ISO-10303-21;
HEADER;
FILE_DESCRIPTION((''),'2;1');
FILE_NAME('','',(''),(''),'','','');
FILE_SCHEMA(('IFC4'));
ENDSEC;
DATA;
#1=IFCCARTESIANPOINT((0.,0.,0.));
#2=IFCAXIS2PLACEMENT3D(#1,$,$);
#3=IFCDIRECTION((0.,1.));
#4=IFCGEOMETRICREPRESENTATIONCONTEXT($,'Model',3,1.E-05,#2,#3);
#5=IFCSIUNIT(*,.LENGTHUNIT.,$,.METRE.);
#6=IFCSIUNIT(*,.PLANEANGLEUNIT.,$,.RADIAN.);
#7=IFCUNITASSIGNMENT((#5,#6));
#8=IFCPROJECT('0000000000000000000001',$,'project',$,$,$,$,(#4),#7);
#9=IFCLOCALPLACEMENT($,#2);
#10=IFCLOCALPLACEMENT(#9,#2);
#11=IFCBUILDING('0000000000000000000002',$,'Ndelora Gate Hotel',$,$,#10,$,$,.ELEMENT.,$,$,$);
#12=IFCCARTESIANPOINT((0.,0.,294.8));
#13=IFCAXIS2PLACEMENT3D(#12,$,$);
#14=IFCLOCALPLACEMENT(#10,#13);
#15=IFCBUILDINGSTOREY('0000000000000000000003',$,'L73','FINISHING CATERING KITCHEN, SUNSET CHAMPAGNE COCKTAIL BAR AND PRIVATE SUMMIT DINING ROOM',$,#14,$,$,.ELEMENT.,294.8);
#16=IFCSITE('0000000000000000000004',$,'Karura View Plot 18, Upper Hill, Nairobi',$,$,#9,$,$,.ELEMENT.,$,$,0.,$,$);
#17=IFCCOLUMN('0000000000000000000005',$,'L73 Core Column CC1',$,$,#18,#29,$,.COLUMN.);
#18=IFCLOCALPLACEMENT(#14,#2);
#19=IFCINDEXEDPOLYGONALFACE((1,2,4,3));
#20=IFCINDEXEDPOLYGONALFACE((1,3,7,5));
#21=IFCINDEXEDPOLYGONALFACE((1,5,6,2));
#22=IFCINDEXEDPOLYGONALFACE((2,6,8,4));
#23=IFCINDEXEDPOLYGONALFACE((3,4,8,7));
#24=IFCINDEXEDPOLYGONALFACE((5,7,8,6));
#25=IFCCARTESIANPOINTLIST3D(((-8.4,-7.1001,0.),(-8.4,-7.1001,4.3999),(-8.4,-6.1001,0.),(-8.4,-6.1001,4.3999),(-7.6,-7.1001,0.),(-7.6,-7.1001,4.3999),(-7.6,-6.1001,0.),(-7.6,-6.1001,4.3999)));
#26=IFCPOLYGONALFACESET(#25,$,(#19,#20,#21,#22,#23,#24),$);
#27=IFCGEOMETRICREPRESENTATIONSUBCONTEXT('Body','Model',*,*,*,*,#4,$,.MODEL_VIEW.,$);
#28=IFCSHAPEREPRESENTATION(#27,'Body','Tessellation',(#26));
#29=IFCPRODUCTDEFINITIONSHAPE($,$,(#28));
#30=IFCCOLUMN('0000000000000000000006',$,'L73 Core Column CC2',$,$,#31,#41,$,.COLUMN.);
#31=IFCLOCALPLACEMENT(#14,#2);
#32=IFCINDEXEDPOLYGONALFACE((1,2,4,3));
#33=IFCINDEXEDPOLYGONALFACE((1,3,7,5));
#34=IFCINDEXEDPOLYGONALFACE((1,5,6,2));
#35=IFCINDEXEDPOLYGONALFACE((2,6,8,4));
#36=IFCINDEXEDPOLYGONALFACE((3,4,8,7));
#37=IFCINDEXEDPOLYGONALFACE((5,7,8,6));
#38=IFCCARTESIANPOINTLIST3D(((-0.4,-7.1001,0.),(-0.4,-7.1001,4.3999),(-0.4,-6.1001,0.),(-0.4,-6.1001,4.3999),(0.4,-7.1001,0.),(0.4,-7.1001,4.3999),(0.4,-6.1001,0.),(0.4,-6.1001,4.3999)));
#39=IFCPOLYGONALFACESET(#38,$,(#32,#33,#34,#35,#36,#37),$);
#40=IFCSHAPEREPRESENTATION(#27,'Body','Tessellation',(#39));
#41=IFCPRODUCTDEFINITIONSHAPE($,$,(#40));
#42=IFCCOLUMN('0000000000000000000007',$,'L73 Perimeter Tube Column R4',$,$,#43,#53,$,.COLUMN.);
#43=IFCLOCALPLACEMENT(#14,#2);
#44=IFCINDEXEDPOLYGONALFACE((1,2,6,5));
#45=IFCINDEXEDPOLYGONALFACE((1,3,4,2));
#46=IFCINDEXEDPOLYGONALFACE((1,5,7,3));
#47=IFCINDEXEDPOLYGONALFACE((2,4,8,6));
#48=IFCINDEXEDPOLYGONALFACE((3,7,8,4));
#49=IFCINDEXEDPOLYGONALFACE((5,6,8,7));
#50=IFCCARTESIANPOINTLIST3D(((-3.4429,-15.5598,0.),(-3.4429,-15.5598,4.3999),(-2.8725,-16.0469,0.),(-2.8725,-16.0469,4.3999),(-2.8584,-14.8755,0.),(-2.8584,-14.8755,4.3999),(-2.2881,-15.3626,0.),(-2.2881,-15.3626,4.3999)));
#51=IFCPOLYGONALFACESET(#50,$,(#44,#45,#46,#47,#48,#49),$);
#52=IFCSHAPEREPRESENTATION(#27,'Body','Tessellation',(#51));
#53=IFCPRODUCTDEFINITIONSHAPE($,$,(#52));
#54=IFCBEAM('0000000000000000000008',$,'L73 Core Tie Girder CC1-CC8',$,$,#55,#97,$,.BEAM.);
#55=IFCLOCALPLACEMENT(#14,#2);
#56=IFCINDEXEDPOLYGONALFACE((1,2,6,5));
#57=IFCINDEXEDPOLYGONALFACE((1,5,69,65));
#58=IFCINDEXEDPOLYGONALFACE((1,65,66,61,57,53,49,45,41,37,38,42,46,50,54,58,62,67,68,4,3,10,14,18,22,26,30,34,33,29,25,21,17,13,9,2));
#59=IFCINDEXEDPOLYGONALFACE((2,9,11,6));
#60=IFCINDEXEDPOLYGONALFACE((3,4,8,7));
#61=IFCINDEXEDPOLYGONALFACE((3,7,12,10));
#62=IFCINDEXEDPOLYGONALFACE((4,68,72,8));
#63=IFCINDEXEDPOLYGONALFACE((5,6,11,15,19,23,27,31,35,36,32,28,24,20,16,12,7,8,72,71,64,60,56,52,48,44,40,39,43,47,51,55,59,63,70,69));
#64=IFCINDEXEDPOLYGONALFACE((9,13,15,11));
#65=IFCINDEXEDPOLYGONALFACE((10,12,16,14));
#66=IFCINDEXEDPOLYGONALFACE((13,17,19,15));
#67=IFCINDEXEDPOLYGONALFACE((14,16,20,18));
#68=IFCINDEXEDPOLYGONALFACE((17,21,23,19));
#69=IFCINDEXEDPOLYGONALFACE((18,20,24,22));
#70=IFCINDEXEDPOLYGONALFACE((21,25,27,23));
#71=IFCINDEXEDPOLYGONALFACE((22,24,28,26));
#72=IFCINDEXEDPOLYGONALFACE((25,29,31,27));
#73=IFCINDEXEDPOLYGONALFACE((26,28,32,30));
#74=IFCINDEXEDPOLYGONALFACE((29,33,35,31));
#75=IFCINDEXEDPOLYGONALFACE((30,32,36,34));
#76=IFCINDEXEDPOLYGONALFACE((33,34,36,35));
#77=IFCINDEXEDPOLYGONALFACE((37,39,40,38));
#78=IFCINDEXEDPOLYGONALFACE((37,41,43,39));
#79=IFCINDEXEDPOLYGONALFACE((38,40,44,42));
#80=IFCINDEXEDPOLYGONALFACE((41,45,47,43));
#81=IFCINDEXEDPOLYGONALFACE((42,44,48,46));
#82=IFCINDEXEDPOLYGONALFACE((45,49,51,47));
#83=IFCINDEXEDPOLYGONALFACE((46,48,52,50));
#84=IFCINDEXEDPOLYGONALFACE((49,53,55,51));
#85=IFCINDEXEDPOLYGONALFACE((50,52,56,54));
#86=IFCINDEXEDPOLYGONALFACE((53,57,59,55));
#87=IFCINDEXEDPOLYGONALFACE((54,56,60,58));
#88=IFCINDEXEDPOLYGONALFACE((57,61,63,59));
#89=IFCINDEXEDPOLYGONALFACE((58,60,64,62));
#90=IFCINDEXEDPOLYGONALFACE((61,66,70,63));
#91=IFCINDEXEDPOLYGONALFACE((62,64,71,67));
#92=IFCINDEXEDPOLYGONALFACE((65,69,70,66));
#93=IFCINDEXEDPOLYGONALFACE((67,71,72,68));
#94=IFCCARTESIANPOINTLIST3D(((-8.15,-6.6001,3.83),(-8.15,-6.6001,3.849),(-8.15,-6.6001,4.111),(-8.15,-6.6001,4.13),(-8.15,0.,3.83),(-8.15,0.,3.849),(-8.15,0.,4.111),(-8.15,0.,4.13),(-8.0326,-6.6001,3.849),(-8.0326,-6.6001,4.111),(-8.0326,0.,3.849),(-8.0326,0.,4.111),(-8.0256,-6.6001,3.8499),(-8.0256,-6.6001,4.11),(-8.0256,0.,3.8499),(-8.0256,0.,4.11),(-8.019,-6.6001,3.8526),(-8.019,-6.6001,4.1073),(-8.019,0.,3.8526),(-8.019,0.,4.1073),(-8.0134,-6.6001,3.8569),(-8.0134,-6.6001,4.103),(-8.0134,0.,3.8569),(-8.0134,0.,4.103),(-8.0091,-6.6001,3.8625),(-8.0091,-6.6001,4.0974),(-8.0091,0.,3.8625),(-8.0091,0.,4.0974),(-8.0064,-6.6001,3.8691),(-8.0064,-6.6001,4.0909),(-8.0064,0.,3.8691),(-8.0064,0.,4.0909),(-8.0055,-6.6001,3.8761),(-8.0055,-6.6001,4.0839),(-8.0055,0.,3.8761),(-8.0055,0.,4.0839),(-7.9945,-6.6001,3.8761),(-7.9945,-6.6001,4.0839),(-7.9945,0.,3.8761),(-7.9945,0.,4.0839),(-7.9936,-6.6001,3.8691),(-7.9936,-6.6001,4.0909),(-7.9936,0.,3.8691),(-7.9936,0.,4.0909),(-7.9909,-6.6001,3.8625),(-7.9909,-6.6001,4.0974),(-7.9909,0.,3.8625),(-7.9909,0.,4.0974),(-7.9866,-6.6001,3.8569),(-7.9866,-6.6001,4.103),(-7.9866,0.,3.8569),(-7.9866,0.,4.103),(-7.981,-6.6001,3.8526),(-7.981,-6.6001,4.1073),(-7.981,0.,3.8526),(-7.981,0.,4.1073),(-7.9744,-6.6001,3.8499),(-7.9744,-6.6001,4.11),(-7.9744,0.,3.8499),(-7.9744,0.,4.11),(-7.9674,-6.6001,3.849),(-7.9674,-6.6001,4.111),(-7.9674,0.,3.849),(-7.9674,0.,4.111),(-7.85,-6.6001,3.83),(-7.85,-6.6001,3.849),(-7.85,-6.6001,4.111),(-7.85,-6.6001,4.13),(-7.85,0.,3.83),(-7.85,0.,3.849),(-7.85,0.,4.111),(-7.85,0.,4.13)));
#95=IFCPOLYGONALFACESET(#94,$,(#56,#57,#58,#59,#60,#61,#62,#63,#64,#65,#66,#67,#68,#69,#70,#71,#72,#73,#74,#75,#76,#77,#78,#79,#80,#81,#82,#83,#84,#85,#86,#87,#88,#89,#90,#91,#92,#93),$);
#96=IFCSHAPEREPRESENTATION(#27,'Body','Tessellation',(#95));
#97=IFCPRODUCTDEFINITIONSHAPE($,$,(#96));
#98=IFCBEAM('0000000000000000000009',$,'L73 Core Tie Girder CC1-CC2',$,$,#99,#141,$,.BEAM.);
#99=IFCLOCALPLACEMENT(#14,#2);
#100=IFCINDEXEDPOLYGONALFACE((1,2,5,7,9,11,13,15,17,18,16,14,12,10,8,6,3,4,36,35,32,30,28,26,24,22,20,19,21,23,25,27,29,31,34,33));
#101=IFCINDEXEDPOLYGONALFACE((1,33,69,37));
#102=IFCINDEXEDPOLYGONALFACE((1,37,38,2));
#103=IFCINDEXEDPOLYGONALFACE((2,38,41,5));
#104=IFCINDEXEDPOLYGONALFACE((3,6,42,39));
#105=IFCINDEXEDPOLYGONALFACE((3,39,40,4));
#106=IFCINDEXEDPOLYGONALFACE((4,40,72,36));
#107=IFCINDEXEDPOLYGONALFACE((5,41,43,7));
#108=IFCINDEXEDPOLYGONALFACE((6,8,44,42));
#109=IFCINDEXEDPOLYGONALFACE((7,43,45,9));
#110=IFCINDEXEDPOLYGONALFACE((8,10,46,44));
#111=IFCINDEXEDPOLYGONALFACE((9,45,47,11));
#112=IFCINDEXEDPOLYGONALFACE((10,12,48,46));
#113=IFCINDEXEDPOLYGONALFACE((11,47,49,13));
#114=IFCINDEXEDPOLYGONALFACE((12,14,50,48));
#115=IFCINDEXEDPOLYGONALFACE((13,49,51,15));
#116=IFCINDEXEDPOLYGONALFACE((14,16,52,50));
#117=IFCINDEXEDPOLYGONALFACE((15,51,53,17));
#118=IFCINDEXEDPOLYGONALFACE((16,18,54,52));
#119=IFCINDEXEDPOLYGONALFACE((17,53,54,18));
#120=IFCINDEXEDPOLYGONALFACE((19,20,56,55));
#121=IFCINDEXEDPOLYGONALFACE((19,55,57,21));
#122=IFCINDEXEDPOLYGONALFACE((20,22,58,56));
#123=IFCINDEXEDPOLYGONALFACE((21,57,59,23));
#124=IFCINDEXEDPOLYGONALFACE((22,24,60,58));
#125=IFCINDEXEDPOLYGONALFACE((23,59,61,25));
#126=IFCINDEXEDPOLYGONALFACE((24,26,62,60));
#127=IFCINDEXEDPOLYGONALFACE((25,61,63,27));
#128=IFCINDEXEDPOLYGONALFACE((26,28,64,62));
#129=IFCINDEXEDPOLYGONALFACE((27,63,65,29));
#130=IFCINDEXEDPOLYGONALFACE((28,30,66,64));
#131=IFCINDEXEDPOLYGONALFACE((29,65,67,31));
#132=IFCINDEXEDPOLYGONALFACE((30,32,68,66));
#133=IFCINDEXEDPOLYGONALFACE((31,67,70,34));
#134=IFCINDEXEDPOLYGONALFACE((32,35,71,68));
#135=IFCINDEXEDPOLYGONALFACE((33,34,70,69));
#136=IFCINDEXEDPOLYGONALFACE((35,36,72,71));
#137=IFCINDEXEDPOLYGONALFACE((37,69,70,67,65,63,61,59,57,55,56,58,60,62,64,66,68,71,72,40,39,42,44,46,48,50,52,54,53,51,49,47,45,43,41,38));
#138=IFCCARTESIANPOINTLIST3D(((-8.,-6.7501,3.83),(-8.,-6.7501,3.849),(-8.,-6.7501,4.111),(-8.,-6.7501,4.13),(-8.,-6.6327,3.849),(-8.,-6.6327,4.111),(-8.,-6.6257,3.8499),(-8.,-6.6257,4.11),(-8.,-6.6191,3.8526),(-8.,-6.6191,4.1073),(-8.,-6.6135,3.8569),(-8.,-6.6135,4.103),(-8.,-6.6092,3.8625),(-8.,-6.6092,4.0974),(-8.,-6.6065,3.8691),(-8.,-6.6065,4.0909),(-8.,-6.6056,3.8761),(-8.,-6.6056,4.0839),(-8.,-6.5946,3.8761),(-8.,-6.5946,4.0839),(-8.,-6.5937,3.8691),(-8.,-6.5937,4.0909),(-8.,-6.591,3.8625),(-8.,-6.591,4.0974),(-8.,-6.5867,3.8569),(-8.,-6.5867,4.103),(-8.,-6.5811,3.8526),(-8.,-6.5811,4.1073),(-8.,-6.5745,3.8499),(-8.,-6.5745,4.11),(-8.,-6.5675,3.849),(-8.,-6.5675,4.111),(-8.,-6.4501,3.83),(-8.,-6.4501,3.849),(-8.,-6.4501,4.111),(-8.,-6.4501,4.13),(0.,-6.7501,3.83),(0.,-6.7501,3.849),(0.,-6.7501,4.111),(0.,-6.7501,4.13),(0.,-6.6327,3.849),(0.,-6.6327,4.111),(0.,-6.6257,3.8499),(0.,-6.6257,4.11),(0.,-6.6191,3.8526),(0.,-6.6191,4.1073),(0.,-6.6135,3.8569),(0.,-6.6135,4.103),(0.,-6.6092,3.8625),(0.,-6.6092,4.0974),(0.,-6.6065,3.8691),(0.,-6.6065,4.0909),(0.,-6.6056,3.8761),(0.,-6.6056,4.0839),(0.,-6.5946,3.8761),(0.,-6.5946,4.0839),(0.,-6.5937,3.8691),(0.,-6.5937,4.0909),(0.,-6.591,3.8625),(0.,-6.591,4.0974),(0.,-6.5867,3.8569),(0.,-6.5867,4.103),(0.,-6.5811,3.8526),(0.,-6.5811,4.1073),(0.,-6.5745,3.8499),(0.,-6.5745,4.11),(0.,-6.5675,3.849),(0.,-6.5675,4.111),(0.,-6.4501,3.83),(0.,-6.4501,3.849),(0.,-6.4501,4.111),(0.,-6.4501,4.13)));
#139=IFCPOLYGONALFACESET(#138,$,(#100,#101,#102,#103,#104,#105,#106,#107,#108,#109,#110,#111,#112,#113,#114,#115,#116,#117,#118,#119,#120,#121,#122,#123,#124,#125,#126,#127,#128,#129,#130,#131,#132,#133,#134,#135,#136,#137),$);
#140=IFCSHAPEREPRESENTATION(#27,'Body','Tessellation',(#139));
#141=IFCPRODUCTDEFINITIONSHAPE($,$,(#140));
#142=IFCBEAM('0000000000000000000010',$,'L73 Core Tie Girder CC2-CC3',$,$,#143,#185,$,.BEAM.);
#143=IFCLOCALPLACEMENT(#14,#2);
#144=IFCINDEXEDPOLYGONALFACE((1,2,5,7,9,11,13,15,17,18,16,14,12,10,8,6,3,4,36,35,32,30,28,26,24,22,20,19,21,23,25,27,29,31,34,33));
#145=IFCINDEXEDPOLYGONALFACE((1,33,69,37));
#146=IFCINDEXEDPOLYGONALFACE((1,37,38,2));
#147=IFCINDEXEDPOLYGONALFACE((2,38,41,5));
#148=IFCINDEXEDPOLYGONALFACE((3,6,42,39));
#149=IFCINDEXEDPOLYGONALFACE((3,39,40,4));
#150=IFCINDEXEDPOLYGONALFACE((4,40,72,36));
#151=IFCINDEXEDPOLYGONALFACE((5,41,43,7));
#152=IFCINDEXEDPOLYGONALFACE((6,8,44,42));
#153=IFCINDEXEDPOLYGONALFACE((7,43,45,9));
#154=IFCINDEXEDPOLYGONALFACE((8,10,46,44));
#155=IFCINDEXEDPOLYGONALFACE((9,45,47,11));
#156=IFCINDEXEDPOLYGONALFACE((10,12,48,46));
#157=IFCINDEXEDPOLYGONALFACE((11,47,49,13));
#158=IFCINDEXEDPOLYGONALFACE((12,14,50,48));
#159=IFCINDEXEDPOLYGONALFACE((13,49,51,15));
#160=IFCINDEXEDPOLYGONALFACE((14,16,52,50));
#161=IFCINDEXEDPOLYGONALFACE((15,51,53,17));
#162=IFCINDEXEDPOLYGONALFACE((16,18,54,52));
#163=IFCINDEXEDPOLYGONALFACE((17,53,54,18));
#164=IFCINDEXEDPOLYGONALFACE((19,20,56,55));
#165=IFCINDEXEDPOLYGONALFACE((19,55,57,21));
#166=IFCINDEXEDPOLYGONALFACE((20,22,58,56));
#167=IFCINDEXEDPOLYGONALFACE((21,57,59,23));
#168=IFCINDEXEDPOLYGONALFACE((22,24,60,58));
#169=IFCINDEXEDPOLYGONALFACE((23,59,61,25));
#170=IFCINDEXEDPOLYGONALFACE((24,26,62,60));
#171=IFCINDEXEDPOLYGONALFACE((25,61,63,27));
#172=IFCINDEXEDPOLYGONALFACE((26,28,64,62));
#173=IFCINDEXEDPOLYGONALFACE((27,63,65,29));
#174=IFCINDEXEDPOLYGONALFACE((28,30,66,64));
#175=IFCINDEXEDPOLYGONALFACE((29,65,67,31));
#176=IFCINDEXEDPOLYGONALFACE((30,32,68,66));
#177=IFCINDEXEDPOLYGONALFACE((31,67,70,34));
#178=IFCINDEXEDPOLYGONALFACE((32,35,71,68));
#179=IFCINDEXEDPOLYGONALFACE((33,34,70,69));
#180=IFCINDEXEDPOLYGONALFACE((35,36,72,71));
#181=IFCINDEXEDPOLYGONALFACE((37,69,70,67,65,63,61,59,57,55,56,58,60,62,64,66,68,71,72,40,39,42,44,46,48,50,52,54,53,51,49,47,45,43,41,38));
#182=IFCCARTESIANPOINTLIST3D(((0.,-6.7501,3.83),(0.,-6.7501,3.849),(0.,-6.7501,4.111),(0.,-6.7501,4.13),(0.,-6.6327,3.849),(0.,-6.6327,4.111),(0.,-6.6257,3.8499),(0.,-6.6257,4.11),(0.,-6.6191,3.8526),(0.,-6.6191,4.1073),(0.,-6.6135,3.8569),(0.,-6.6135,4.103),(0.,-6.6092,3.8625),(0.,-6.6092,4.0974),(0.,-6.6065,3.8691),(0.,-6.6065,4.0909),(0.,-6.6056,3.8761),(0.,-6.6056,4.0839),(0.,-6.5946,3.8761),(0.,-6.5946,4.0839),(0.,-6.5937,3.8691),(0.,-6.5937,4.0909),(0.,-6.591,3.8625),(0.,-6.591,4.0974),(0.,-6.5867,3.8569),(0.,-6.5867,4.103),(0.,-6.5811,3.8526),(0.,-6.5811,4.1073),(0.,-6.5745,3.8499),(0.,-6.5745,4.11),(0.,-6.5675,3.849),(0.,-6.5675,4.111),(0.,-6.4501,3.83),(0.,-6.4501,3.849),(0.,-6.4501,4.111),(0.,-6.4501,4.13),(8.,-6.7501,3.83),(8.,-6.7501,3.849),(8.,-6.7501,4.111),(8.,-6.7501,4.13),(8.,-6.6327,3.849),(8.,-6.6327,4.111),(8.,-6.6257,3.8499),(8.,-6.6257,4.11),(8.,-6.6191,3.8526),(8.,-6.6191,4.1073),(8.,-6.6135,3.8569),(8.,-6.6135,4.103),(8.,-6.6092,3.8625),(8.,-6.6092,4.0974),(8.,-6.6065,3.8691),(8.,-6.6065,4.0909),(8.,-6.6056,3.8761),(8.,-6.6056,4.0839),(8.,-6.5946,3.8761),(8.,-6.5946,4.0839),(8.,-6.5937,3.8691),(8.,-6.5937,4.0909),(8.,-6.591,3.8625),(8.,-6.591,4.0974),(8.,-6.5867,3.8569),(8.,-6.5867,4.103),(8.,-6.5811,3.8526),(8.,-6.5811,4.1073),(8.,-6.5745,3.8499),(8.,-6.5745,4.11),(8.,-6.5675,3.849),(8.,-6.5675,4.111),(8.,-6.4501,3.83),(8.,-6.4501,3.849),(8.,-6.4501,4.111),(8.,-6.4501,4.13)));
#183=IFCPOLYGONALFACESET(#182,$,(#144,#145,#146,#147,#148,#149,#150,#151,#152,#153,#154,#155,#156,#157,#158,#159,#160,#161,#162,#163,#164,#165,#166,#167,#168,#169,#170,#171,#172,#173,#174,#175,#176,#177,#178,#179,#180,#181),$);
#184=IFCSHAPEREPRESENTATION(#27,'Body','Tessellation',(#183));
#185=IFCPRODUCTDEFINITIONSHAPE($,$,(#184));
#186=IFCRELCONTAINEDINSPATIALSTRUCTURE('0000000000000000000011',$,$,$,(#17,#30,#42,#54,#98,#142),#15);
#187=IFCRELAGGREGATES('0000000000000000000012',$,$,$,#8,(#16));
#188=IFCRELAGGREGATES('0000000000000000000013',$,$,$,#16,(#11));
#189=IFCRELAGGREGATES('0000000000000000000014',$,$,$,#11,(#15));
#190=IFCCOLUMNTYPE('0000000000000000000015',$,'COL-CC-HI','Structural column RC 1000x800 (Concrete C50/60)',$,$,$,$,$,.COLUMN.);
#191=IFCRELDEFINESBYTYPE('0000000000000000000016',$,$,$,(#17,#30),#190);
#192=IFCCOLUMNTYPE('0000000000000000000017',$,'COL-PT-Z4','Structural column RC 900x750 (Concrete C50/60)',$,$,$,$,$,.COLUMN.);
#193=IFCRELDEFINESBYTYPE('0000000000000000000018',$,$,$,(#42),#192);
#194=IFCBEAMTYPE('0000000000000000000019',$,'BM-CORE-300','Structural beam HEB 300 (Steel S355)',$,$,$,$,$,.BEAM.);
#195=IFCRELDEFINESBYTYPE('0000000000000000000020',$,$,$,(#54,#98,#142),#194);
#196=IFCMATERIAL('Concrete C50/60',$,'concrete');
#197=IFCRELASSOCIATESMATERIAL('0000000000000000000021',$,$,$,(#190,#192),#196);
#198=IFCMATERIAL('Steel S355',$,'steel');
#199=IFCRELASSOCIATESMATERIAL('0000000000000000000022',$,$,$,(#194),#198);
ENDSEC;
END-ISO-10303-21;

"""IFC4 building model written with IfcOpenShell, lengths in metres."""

from ifc_helpers import new_model, si_unit, direction, frame, origin, origin_2d, place, context, subcontext, project, spatial, rectangle, i_section, extrude, material, material_profile, profile_set, type_object, element, save


model = new_model("IFC4")

# Units and contexts
model_context = context("Model", 3, precision=1e-05, world=origin(), true_north=direction((0.0, 1.0)))
body_context = subcontext(model_context, "Body", "Model", "MODEL_VIEW")
ifc_project = project(units=[si_unit("LENGTHUNIT", "METRE"), si_unit("PLANEANGLEUNIT", "RADIAN")], contexts=[model_context])

# Site, building, storey
site_placement = place(None, origin())
site = spatial("IfcSite", under=ifc_project, at=site_placement, Name="Karura View Plot 18, Upper Hill, Nairobi", CompositionType="ELEMENT", RefElevation=0.0)
building_placement = place(site_placement, origin())
building = spatial("IfcBuilding", under=site, at=building_placement, Name="Ndelora Gate Hotel", CompositionType="ELEMENT")
storey_placement = place(building_placement, frame((0.0, 0.0, 294.8)))
storey = spatial("IfcBuildingStorey", under=building, at=storey_placement, Name="L73", Description="FINISHING CATERING KITCHEN, SUNSET CHAMPAGNE COCKTAIL BAR AND PRIVATE SUMMIT DINING ROOM", CompositionType="ELEMENT", Elevation=294.8)

# Columns
ifc_material_1 = material(Name="Concrete C50/60", Category="concrete")
ifc_material_profile_1 = material_profile(ifc_material_1, rectangle(XDim=0.8, YDim=1.0, at=origin_2d()), Name="RC 1000x800")
ifc_profile_set_1 = profile_set([ifc_material_profile_1], Name="Concrete C50/60")
column_type_1 = type_object("IfcColumnType", Name="COL-CC-HI", Description="Structural column RC 1000x800 (Concrete C50/60)", PredefinedType="COLUMN", material=ifc_profile_set_1)
for number, where, z_axis, x_axis, name in (
    (1, (-8.0, -6.6001, 0.0), (0.0, 0.0, 1.0), (1.0, 0.0, 0.0), "L73 Core Column CC1"),
    (2, (0.0, -6.6001, 0.0), (0.0, 0.0, 1.0), (1.0, 0.0, 0.0), "L73 Core Column CC2"),
):
    element("IfcColumn", number, at=place(storey_placement, frame(where, z_axis=z_axis, x_axis=x_axis)), inside=storey, type_object=column_type_1, Name=name, PredefinedType="COLUMN", context=body_context, shape_type="SweptSolid", body=[
        extrude(rectangle(XDim=0.8, YDim=1.0, at=origin_2d()), origin(), (0.0, 0.0, 1.0), 4.3999),
    ])
ifc_material_profile_2 = material_profile(ifc_material_1, rectangle(XDim=0.75, YDim=0.8999, at=origin_2d()), Name="RC 900x750")
ifc_profile_set_2 = profile_set([ifc_material_profile_2], Name="Concrete C50/60")
column_type_2 = type_object("IfcColumnType", Name="COL-PT-Z4", Description="Structural column RC 900x750 (Concrete C50/60)", PredefinedType="COLUMN", material=ifc_profile_set_2)
column_placement = place(storey_placement, frame((-2.8655, -15.4612, 0.0), z_axis=(0.0, 0.0, 1.0), x_axis=(-0.760406, 0.649448, 0.0)))
element("IfcColumn", 3, at=column_placement, inside=storey, type_object=column_type_2, Name="L73 Perimeter Tube Column R4", PredefinedType="COLUMN", context=body_context, shape_type="SweptSolid", body=[
    extrude(rectangle(XDim=0.75, YDim=0.8999, at=origin_2d()), origin(), (0.0, 0.0, 1.0), 4.3999),
])

# Beams
ifc_material_2 = material(Name="Steel S355", Category="steel")
ifc_material_profile_3 = material_profile(ifc_material_2, i_section(OverallWidth=0.3, OverallDepth=0.3, WebThickness=0.011, FlangeThickness=0.019, FilletRadius=0.0271, at=origin_2d()), Name="HEB 300")
ifc_profile_set_3 = profile_set([ifc_material_profile_3], Name="Steel S355")
beam_type_1 = type_object("IfcBeamType", Name="BM-CORE-300", Description="Structural beam HEB 300 (Steel S355)", PredefinedType="BEAM", material=ifc_profile_set_3)
beam_1_placement = place(storey_placement, frame((-8.0, -6.6001, 3.98), z_axis=(0.0, 1.0, 0.0), x_axis=(-1.0, 0.0, 0.0)))
element("IfcBeam", 4, at=beam_1_placement, inside=storey, type_object=beam_type_1, Name="L73 Core Tie Girder CC1-CC8", PredefinedType="BEAM", context=body_context, shape_type="SweptSolid", body=[
    extrude(i_section(OverallWidth=0.3, OverallDepth=0.3, WebThickness=0.011, FlangeThickness=0.019, FilletRadius=0.0271, at=origin_2d()), origin(), (0.0, 0.0, 1.0), 6.6001),
])
for number, where, z_axis, x_axis, name in (
    (5, (-8.0, -6.6001, 3.98), (1.0, 0.0, 0.0), (0.0, 1.0, 0.0), "L73 Core Tie Girder CC1-CC2"),
    (6, (0.0, -6.6001, 3.98), (1.0, 0.0, 0.0), (0.0, 1.0, 0.0), "L73 Core Tie Girder CC2-CC3"),
):
    element("IfcBeam", number, at=place(storey_placement, frame(where, z_axis=z_axis, x_axis=x_axis)), inside=storey, type_object=beam_type_1, Name=name, PredefinedType="BEAM", context=body_context, shape_type="SweptSolid", body=[
        extrude(i_section(OverallWidth=0.3, OverallDepth=0.3, WebThickness=0.011, FlangeThickness=0.019, FilletRadius=0.0271, at=origin_2d()), origin(), (0.0, 0.0, 1.0), 8.0),
    ])

save(model, "model.ifc")
